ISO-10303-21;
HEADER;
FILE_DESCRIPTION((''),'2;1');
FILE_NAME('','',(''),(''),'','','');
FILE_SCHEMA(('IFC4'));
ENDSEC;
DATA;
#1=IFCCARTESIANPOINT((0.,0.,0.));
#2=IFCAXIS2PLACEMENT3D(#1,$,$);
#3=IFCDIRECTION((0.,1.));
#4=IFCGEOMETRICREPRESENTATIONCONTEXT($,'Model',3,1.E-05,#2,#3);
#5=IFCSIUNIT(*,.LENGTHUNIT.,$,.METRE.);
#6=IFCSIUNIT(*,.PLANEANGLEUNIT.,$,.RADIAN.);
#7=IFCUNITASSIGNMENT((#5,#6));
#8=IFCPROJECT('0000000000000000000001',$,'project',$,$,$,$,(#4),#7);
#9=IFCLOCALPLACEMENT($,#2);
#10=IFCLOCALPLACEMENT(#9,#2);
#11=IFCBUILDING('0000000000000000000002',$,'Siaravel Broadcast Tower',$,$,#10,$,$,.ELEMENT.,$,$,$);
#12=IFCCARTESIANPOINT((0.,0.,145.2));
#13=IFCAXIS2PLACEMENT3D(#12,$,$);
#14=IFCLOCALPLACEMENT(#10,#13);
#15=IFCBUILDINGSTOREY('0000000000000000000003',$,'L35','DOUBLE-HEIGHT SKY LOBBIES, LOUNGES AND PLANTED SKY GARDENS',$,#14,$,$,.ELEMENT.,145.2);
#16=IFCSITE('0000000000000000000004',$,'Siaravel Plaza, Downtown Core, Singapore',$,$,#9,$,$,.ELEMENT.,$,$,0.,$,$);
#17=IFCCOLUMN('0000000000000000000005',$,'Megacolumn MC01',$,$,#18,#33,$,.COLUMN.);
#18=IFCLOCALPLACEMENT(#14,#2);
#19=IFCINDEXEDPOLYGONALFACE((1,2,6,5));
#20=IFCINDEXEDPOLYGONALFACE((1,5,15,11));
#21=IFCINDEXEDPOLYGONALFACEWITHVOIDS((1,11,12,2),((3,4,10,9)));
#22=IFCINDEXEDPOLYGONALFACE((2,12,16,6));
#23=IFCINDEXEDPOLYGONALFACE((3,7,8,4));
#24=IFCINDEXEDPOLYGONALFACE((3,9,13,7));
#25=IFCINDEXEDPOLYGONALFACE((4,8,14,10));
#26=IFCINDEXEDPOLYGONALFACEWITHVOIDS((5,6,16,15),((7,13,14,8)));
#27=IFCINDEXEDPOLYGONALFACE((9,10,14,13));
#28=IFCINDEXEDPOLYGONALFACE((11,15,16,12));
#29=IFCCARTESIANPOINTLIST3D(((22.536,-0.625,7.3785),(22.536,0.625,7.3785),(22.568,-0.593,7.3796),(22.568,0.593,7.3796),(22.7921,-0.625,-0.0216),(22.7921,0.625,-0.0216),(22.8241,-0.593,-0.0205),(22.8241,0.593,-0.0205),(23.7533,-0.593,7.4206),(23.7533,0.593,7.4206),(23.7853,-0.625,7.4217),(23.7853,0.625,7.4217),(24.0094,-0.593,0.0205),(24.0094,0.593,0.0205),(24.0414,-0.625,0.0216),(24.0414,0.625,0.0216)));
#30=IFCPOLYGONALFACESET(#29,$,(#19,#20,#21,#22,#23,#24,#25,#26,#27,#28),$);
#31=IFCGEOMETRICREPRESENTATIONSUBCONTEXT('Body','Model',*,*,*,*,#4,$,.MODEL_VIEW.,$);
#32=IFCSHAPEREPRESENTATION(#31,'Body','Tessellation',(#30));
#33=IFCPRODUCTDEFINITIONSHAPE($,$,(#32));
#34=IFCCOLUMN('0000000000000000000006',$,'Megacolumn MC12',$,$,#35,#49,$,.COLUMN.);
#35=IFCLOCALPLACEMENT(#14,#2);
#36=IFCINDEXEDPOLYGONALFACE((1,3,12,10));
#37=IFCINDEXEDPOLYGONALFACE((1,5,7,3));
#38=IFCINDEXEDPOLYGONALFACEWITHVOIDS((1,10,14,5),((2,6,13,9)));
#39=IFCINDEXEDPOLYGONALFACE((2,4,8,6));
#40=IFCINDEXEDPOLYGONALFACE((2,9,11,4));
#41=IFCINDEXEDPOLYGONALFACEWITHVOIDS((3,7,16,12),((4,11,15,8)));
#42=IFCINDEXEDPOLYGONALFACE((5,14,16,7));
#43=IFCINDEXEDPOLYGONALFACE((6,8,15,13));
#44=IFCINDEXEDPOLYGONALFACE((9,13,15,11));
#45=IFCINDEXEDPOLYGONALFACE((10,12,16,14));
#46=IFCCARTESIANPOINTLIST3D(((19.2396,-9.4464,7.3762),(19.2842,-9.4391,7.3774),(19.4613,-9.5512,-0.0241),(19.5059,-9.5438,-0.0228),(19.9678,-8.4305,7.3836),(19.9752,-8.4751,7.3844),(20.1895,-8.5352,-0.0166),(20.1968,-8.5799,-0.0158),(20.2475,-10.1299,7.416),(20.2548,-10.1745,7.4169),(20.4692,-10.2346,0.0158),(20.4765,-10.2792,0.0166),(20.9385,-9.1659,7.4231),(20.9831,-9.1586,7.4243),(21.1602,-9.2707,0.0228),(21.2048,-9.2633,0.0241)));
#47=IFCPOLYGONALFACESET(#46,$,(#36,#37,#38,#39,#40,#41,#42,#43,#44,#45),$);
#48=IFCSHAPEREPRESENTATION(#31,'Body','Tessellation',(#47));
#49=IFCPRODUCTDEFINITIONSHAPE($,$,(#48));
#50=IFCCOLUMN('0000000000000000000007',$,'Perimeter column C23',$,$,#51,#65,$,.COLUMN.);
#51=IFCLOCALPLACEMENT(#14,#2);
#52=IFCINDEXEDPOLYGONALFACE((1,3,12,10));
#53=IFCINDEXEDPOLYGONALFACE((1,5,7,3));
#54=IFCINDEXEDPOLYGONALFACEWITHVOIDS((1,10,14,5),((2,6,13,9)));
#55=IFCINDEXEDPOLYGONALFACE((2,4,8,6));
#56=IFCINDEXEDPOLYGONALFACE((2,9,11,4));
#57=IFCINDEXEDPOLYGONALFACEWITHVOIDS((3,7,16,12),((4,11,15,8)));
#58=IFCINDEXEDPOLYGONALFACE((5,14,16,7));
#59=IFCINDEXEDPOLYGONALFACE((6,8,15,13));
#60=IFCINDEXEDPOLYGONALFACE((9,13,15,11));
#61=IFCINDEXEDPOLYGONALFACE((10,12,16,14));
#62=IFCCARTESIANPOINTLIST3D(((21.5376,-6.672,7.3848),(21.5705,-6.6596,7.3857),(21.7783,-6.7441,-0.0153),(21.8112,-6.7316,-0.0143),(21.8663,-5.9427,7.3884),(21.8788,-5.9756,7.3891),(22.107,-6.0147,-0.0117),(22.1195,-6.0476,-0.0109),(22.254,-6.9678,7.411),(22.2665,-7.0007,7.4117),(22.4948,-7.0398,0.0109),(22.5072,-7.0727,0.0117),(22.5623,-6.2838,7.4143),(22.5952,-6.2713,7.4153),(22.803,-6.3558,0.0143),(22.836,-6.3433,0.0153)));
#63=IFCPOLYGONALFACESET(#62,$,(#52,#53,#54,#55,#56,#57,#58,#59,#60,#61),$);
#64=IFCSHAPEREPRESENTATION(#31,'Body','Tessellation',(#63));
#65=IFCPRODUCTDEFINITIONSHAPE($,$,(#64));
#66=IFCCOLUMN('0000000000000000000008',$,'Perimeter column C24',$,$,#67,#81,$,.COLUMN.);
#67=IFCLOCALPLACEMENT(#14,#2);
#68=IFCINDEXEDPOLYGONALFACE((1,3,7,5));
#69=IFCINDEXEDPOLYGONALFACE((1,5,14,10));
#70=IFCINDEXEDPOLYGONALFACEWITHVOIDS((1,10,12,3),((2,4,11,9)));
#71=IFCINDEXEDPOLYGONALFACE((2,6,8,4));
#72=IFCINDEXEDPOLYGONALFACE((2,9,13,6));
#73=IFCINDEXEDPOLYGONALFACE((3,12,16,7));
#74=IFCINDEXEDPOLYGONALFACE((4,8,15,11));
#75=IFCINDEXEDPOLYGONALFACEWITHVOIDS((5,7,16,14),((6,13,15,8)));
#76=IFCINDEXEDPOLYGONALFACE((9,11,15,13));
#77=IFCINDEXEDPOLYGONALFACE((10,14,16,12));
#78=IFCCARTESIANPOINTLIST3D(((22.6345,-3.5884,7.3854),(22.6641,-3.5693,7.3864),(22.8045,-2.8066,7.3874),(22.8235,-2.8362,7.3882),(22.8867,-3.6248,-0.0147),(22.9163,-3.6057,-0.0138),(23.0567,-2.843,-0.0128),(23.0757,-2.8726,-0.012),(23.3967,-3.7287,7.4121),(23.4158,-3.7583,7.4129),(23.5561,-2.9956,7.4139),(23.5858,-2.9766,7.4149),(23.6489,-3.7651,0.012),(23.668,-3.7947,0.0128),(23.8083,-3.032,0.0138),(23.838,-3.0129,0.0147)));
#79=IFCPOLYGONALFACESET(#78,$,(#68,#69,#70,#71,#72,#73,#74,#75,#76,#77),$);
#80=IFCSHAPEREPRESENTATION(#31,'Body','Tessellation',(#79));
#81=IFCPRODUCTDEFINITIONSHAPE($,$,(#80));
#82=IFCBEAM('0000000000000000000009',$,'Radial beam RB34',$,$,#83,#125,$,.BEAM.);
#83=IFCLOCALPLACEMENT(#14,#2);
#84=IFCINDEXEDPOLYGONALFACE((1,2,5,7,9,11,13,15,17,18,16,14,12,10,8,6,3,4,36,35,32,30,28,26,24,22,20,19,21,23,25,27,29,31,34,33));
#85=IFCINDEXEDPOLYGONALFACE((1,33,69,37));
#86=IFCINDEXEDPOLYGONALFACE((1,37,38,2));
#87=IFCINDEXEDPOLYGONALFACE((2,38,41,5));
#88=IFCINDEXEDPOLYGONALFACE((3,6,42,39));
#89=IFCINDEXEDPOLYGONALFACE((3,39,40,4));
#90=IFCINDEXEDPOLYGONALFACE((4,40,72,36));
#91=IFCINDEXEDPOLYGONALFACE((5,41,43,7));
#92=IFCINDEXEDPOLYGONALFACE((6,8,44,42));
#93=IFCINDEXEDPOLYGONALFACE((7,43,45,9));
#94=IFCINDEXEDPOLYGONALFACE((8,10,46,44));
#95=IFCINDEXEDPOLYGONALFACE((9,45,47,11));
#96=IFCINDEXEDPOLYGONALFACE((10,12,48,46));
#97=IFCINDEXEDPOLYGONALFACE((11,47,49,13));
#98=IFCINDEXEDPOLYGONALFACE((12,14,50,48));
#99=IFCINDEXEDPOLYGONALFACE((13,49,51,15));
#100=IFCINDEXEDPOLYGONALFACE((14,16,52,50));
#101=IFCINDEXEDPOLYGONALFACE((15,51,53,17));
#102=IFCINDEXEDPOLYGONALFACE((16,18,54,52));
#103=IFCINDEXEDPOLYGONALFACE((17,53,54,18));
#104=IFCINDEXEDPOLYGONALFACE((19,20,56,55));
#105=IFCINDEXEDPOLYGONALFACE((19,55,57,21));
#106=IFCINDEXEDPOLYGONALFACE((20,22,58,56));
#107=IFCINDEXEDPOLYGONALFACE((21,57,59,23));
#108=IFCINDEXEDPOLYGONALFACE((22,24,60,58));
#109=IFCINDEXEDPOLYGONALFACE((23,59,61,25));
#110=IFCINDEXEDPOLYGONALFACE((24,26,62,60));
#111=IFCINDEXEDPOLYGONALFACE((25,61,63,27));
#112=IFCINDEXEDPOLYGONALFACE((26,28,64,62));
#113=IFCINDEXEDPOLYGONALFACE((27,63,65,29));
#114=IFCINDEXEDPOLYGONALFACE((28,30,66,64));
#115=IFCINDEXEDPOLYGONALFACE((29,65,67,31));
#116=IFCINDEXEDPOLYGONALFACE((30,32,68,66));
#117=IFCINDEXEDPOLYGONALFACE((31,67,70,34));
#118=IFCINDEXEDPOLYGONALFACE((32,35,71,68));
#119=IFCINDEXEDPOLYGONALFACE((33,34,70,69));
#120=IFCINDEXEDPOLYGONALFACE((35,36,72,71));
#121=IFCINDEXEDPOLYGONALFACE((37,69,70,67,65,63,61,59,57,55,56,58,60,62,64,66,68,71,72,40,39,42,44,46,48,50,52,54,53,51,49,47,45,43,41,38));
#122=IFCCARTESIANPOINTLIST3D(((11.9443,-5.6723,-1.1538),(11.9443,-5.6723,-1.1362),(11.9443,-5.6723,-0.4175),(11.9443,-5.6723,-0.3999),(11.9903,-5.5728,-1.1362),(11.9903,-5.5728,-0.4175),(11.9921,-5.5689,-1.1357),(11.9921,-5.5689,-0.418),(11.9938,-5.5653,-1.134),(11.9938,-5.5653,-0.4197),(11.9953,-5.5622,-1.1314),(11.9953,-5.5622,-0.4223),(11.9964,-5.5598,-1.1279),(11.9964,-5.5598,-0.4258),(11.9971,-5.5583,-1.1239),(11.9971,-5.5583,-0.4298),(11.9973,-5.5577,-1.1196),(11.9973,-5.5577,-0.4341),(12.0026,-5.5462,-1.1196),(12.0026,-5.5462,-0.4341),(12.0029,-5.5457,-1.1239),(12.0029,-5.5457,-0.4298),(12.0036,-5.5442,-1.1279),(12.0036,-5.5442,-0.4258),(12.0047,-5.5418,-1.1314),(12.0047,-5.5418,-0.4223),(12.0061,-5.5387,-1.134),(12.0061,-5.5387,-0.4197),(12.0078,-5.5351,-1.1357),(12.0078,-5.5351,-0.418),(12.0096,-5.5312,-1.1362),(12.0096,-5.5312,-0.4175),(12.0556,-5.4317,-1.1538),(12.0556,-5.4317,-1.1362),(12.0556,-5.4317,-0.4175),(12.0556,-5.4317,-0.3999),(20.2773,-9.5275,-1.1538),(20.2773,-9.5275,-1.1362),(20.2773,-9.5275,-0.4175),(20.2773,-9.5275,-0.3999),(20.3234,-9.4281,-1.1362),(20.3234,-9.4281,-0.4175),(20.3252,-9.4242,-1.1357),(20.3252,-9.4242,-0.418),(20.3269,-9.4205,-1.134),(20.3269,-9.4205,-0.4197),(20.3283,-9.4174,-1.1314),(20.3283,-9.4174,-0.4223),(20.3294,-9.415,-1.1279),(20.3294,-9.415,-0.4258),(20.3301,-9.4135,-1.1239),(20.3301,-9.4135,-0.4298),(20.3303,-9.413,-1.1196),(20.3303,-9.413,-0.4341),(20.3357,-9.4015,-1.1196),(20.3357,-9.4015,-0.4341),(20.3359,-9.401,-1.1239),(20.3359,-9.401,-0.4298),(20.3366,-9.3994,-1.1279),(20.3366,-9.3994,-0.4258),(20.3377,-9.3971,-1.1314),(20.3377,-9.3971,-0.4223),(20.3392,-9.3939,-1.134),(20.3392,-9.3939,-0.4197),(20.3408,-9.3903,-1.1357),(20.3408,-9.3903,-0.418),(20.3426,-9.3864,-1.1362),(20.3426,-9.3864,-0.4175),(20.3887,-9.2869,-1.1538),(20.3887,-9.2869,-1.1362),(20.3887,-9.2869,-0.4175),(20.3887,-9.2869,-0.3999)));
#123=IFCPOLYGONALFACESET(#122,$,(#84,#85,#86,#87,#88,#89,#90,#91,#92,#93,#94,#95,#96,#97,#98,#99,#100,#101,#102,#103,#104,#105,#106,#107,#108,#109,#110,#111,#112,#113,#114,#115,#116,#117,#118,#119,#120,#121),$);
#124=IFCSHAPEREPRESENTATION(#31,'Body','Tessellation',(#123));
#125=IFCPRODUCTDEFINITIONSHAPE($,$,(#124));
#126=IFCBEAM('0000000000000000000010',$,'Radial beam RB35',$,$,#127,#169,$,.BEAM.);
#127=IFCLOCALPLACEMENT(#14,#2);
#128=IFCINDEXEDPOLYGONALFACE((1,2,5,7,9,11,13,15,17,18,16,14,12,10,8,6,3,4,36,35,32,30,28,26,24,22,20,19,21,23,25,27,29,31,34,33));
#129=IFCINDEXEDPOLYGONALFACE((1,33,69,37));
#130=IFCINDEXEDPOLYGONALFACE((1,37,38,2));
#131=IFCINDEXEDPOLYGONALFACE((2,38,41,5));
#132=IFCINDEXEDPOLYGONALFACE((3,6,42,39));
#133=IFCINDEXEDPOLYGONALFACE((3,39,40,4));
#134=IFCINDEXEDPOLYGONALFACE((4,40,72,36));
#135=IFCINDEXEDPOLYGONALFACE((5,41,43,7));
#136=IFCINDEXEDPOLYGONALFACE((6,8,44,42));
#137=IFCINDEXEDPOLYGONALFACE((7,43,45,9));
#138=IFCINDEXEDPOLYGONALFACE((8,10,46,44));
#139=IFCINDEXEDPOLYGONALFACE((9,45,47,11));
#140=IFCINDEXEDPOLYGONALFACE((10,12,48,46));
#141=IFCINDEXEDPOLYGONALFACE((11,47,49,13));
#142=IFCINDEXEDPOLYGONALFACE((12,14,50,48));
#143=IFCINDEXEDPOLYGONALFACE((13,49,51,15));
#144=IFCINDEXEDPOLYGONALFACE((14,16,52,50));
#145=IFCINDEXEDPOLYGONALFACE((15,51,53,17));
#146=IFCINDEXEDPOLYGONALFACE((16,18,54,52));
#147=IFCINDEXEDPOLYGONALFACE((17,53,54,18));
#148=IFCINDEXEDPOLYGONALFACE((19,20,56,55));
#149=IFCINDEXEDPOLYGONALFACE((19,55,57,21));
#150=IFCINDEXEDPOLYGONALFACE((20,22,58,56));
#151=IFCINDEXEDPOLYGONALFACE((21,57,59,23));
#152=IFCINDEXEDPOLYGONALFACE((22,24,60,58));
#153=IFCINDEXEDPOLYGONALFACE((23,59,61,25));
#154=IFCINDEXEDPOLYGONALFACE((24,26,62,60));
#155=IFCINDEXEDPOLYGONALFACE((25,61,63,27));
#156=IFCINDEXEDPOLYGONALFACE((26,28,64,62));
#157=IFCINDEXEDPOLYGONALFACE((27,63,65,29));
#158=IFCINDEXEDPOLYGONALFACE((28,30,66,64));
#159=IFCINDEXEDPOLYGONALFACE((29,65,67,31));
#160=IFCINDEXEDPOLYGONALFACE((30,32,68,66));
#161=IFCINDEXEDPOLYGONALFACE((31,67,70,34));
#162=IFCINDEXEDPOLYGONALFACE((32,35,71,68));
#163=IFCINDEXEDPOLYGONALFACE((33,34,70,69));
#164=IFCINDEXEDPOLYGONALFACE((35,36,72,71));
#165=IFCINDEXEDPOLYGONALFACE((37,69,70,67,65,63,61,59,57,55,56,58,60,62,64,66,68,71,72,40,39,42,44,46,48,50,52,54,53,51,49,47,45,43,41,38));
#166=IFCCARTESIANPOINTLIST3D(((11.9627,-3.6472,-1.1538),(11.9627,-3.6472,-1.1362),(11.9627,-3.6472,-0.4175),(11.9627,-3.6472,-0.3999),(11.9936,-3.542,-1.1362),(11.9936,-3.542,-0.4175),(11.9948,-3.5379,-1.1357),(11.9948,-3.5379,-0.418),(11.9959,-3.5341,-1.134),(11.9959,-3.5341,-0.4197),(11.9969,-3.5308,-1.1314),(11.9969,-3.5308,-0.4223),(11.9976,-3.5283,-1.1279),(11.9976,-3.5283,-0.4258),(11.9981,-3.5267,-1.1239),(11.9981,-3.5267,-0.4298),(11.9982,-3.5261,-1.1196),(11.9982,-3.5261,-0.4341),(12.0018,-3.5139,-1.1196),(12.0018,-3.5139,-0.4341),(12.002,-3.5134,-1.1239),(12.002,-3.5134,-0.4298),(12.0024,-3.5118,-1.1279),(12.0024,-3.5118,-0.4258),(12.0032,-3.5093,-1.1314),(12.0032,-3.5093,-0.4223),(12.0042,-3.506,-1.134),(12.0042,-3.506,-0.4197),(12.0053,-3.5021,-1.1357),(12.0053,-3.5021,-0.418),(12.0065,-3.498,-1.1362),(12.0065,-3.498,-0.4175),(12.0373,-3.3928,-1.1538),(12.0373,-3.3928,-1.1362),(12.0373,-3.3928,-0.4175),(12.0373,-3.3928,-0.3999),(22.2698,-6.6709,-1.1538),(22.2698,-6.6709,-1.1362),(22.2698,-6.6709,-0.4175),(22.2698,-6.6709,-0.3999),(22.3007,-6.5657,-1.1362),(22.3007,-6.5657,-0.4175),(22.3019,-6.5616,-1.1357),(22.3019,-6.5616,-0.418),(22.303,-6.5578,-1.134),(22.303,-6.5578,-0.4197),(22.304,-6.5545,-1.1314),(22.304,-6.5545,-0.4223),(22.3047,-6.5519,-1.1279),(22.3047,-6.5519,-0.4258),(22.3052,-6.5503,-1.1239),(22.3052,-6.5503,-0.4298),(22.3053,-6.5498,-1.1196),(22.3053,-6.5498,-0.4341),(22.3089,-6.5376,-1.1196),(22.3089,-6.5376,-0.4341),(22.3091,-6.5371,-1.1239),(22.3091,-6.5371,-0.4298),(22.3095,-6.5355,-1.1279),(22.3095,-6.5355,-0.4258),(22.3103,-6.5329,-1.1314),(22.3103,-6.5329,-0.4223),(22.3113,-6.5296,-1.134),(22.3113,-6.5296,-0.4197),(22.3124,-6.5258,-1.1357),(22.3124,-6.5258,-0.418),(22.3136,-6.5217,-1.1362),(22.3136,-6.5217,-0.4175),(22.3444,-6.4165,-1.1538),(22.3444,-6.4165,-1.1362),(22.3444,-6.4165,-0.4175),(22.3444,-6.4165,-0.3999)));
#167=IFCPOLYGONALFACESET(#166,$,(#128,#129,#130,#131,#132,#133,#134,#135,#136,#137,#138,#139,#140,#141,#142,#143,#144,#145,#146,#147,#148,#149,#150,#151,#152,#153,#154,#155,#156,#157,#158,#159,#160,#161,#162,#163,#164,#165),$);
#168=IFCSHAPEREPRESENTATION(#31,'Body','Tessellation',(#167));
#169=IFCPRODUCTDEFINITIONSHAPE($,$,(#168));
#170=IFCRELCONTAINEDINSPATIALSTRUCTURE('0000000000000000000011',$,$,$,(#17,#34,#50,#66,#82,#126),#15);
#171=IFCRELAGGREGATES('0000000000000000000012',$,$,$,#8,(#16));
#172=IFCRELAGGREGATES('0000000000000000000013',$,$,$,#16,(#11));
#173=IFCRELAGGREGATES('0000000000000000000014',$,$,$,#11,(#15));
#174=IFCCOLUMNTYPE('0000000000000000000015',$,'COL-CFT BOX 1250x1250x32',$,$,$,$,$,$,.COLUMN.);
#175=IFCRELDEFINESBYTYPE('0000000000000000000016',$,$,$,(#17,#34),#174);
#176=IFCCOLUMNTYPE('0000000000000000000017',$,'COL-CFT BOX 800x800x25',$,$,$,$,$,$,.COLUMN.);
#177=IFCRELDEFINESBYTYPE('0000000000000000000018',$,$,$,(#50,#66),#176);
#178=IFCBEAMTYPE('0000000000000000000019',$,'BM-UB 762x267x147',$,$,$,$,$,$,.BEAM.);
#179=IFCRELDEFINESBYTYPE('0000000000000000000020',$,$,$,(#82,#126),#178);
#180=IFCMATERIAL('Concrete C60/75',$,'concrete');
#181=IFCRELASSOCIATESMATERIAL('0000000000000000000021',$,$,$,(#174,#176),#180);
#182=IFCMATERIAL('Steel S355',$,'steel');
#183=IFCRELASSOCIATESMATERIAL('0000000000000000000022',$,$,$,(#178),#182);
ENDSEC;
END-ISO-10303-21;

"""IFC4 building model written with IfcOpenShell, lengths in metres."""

from ifc_helpers import new_model, si_unit, direction, frame, origin, origin_2d, place, context, subcontext, project, spatial, hollow_rectangle, i_section, extrude, material, material_profile, profile_set, type_object, element, save


model = new_model("IFC4")

# Units and contexts
model_context = context("Model", 3, precision=1e-05, world=origin(), true_north=direction((0.0, 1.0)))
body_context = subcontext(model_context, "Body", "Model", "MODEL_VIEW")
ifc_project = project(units=[si_unit("LENGTHUNIT", "METRE"), si_unit("PLANEANGLEUNIT", "RADIAN")], contexts=[model_context])

# Site, building, storey
site_placement = place(None, origin())
site = spatial("IfcSite", under=ifc_project, at=site_placement, Name="Siaravel Plaza, Downtown Core, Singapore", CompositionType="ELEMENT", RefElevation=0.0)
building_placement = place(site_placement, origin())
building = spatial("IfcBuilding", under=site, at=building_placement, Name="Siaravel Broadcast Tower", CompositionType="ELEMENT")
storey_placement = place(building_placement, frame((0.0, 0.0, 145.2)))
storey = spatial("IfcBuildingStorey", under=building, at=storey_placement, Name="L35", Description="DOUBLE-HEIGHT SKY LOBBIES, LOUNGES AND PLANTED SKY GARDENS", CompositionType="ELEMENT", Elevation=145.2)

# Columns
ifc_material_1 = material(Name="Concrete C60/75", Category="concrete")
ifc_material_profile_1 = material_profile(ifc_material_1, hollow_rectangle(XDim=1.25, YDim=1.25, WallThickness=0.032, at=origin_2d()))
ifc_profile_set_1 = profile_set([ifc_material_profile_1], Name="Concrete C60/75")
column_type_1 = type_object("IfcColumnType", Name="COL-CFT BOX 1250x1250x32", PredefinedType="COLUMN", material=ifc_profile_set_1)
column_1_placement = place(storey_placement, frame((23.4167, 0.0, 0.0), z_axis=(-0.034587, 0.0, 0.999402), x_axis=(0.0, -1.0, 0.0)))
element("IfcColumn", 1, at=column_1_placement, inside=storey, type_object=column_type_1, Name="Megacolumn MC01", PredefinedType="COLUMN", context=body_context, shape_type="SweptSolid", body=[
    extrude(hollow_rectangle(XDim=1.25, YDim=1.25, WallThickness=0.032, at=origin_2d()), origin(), (0.0, 0.0, 1.0), 7.4045),
])
column_2_placement = place(storey_placement, frame((20.333, -9.4072, 0.0), z_axis=(-0.02994, 0.014146, 0.999452), x_axis=(-0.58259, -0.812745, -0.005949)))
element("IfcColumn", 2, at=column_2_placement, inside=storey, type_object=column_type_1, Name="Megacolumn MC12", PredefinedType="COLUMN", context=body_context, shape_type="SweptSolid", body=[
    extrude(hollow_rectangle(XDim=1.25, YDim=1.25, WallThickness=0.032, at=origin_2d()), origin(), (0.0, 0.0, 1.0), 7.4043),
])
ifc_material_profile_2 = material_profile(ifc_material_1, hollow_rectangle(XDim=0.8, YDim=0.8, WallThickness=0.0249, at=origin_2d()))
ifc_profile_set_2 = profile_set([ifc_material_profile_2], Name="Concrete C60/75")
column_type_2 = type_object("IfcColumnType", Name="COL-CFT BOX 800x800x25", PredefinedType="COLUMN", material=ifc_profile_set_2)
column_3_placement = place(storey_placement, frame((22.3071, -6.5437, 0.0), z_axis=(-0.032511, 0.009727, 0.999424), x_axis=(-0.410894, -0.911672, -0.004493)))
element("IfcColumn", 3, at=column_3_placement, inside=storey, type_object=column_type_2, Name="Perimeter column C23", PredefinedType="COLUMN", context=body_context, shape_type="SweptSolid", body=[
    extrude(hollow_rectangle(XDim=0.8, YDim=0.8, WallThickness=0.0249, at=origin_2d()), origin(), (0.0, 0.0, 1.0), 7.4043),
])
column_4_placement = place(storey_placement, frame((23.3623, -3.3188, 0.0), z_axis=(-0.03406, 0.004913, 0.999408), x_axis=(-0.21249, -0.97716, -0.002438)))
element("IfcColumn", 4, at=column_4_placement, inside=storey, type_object=column_type_2, Name="Perimeter column C24", PredefinedType="COLUMN", context=body_context, shape_type="SweptSolid", body=[
    extrude(hollow_rectangle(XDim=0.8, YDim=0.8, WallThickness=0.0249, at=origin_2d()), origin(), (0.0, 0.0, 1.0), 7.4045),
])

# Beams
ifc_material_2 = material(Name="Steel S355", Category="steel")
ifc_material_profile_3 = material_profile(ifc_material_2, i_section(OverallWidth=0.2651, OverallDepth=0.7539, WebThickness=0.0127, FlangeThickness=0.0176, FilletRadius=0.0166, at=origin_2d()))
ifc_profile_set_3 = profile_set([ifc_material_profile_3], Name="Steel S355")
beam_type = type_object("IfcBeamType", Name="BM-UB 762x267x147", PredefinedType="BEAM", material=ifc_profile_set_3)
beam_1_placement = place(storey_placement, frame((20.333, -9.4072, -0.7769), z_axis=(-0.907577, 0.419886, 0.0), x_axis=(-0.419886, -0.907577, 0.0)))
element("IfcBeam", 5, at=beam_1_placement, inside=storey, type_object=beam_type, Name="Radial beam RB34", PredefinedType="BEAM", context=body_context, shape_type="SweptSolid", body=[
    extrude(i_section(OverallWidth=0.2651, OverallDepth=0.7539, WebThickness=0.0127, FlangeThickness=0.0176, FilletRadius=0.0166, at=origin_2d()), origin(), (0.0, 0.0, 1.0), 9.1816),
])
beam_2_placement = place(storey_placement, frame((22.3071, -6.5437, -0.7769), z_axis=(-0.959563, 0.281496, 0.0), x_axis=(-0.281496, -0.959563, 0.0)))
element("IfcBeam", 6, at=beam_2_placement, inside=storey, type_object=beam_type, Name="Radial beam RB35", PredefinedType="BEAM", context=body_context, shape_type="SweptSolid", body=[
    extrude(i_section(OverallWidth=0.2651, OverallDepth=0.7539, WebThickness=0.0127, FlangeThickness=0.0176, FilletRadius=0.0166, at=origin_2d()), origin(), (0.0, 0.0, 1.0), 10.7415),
])

save(model, "model.ifc")
